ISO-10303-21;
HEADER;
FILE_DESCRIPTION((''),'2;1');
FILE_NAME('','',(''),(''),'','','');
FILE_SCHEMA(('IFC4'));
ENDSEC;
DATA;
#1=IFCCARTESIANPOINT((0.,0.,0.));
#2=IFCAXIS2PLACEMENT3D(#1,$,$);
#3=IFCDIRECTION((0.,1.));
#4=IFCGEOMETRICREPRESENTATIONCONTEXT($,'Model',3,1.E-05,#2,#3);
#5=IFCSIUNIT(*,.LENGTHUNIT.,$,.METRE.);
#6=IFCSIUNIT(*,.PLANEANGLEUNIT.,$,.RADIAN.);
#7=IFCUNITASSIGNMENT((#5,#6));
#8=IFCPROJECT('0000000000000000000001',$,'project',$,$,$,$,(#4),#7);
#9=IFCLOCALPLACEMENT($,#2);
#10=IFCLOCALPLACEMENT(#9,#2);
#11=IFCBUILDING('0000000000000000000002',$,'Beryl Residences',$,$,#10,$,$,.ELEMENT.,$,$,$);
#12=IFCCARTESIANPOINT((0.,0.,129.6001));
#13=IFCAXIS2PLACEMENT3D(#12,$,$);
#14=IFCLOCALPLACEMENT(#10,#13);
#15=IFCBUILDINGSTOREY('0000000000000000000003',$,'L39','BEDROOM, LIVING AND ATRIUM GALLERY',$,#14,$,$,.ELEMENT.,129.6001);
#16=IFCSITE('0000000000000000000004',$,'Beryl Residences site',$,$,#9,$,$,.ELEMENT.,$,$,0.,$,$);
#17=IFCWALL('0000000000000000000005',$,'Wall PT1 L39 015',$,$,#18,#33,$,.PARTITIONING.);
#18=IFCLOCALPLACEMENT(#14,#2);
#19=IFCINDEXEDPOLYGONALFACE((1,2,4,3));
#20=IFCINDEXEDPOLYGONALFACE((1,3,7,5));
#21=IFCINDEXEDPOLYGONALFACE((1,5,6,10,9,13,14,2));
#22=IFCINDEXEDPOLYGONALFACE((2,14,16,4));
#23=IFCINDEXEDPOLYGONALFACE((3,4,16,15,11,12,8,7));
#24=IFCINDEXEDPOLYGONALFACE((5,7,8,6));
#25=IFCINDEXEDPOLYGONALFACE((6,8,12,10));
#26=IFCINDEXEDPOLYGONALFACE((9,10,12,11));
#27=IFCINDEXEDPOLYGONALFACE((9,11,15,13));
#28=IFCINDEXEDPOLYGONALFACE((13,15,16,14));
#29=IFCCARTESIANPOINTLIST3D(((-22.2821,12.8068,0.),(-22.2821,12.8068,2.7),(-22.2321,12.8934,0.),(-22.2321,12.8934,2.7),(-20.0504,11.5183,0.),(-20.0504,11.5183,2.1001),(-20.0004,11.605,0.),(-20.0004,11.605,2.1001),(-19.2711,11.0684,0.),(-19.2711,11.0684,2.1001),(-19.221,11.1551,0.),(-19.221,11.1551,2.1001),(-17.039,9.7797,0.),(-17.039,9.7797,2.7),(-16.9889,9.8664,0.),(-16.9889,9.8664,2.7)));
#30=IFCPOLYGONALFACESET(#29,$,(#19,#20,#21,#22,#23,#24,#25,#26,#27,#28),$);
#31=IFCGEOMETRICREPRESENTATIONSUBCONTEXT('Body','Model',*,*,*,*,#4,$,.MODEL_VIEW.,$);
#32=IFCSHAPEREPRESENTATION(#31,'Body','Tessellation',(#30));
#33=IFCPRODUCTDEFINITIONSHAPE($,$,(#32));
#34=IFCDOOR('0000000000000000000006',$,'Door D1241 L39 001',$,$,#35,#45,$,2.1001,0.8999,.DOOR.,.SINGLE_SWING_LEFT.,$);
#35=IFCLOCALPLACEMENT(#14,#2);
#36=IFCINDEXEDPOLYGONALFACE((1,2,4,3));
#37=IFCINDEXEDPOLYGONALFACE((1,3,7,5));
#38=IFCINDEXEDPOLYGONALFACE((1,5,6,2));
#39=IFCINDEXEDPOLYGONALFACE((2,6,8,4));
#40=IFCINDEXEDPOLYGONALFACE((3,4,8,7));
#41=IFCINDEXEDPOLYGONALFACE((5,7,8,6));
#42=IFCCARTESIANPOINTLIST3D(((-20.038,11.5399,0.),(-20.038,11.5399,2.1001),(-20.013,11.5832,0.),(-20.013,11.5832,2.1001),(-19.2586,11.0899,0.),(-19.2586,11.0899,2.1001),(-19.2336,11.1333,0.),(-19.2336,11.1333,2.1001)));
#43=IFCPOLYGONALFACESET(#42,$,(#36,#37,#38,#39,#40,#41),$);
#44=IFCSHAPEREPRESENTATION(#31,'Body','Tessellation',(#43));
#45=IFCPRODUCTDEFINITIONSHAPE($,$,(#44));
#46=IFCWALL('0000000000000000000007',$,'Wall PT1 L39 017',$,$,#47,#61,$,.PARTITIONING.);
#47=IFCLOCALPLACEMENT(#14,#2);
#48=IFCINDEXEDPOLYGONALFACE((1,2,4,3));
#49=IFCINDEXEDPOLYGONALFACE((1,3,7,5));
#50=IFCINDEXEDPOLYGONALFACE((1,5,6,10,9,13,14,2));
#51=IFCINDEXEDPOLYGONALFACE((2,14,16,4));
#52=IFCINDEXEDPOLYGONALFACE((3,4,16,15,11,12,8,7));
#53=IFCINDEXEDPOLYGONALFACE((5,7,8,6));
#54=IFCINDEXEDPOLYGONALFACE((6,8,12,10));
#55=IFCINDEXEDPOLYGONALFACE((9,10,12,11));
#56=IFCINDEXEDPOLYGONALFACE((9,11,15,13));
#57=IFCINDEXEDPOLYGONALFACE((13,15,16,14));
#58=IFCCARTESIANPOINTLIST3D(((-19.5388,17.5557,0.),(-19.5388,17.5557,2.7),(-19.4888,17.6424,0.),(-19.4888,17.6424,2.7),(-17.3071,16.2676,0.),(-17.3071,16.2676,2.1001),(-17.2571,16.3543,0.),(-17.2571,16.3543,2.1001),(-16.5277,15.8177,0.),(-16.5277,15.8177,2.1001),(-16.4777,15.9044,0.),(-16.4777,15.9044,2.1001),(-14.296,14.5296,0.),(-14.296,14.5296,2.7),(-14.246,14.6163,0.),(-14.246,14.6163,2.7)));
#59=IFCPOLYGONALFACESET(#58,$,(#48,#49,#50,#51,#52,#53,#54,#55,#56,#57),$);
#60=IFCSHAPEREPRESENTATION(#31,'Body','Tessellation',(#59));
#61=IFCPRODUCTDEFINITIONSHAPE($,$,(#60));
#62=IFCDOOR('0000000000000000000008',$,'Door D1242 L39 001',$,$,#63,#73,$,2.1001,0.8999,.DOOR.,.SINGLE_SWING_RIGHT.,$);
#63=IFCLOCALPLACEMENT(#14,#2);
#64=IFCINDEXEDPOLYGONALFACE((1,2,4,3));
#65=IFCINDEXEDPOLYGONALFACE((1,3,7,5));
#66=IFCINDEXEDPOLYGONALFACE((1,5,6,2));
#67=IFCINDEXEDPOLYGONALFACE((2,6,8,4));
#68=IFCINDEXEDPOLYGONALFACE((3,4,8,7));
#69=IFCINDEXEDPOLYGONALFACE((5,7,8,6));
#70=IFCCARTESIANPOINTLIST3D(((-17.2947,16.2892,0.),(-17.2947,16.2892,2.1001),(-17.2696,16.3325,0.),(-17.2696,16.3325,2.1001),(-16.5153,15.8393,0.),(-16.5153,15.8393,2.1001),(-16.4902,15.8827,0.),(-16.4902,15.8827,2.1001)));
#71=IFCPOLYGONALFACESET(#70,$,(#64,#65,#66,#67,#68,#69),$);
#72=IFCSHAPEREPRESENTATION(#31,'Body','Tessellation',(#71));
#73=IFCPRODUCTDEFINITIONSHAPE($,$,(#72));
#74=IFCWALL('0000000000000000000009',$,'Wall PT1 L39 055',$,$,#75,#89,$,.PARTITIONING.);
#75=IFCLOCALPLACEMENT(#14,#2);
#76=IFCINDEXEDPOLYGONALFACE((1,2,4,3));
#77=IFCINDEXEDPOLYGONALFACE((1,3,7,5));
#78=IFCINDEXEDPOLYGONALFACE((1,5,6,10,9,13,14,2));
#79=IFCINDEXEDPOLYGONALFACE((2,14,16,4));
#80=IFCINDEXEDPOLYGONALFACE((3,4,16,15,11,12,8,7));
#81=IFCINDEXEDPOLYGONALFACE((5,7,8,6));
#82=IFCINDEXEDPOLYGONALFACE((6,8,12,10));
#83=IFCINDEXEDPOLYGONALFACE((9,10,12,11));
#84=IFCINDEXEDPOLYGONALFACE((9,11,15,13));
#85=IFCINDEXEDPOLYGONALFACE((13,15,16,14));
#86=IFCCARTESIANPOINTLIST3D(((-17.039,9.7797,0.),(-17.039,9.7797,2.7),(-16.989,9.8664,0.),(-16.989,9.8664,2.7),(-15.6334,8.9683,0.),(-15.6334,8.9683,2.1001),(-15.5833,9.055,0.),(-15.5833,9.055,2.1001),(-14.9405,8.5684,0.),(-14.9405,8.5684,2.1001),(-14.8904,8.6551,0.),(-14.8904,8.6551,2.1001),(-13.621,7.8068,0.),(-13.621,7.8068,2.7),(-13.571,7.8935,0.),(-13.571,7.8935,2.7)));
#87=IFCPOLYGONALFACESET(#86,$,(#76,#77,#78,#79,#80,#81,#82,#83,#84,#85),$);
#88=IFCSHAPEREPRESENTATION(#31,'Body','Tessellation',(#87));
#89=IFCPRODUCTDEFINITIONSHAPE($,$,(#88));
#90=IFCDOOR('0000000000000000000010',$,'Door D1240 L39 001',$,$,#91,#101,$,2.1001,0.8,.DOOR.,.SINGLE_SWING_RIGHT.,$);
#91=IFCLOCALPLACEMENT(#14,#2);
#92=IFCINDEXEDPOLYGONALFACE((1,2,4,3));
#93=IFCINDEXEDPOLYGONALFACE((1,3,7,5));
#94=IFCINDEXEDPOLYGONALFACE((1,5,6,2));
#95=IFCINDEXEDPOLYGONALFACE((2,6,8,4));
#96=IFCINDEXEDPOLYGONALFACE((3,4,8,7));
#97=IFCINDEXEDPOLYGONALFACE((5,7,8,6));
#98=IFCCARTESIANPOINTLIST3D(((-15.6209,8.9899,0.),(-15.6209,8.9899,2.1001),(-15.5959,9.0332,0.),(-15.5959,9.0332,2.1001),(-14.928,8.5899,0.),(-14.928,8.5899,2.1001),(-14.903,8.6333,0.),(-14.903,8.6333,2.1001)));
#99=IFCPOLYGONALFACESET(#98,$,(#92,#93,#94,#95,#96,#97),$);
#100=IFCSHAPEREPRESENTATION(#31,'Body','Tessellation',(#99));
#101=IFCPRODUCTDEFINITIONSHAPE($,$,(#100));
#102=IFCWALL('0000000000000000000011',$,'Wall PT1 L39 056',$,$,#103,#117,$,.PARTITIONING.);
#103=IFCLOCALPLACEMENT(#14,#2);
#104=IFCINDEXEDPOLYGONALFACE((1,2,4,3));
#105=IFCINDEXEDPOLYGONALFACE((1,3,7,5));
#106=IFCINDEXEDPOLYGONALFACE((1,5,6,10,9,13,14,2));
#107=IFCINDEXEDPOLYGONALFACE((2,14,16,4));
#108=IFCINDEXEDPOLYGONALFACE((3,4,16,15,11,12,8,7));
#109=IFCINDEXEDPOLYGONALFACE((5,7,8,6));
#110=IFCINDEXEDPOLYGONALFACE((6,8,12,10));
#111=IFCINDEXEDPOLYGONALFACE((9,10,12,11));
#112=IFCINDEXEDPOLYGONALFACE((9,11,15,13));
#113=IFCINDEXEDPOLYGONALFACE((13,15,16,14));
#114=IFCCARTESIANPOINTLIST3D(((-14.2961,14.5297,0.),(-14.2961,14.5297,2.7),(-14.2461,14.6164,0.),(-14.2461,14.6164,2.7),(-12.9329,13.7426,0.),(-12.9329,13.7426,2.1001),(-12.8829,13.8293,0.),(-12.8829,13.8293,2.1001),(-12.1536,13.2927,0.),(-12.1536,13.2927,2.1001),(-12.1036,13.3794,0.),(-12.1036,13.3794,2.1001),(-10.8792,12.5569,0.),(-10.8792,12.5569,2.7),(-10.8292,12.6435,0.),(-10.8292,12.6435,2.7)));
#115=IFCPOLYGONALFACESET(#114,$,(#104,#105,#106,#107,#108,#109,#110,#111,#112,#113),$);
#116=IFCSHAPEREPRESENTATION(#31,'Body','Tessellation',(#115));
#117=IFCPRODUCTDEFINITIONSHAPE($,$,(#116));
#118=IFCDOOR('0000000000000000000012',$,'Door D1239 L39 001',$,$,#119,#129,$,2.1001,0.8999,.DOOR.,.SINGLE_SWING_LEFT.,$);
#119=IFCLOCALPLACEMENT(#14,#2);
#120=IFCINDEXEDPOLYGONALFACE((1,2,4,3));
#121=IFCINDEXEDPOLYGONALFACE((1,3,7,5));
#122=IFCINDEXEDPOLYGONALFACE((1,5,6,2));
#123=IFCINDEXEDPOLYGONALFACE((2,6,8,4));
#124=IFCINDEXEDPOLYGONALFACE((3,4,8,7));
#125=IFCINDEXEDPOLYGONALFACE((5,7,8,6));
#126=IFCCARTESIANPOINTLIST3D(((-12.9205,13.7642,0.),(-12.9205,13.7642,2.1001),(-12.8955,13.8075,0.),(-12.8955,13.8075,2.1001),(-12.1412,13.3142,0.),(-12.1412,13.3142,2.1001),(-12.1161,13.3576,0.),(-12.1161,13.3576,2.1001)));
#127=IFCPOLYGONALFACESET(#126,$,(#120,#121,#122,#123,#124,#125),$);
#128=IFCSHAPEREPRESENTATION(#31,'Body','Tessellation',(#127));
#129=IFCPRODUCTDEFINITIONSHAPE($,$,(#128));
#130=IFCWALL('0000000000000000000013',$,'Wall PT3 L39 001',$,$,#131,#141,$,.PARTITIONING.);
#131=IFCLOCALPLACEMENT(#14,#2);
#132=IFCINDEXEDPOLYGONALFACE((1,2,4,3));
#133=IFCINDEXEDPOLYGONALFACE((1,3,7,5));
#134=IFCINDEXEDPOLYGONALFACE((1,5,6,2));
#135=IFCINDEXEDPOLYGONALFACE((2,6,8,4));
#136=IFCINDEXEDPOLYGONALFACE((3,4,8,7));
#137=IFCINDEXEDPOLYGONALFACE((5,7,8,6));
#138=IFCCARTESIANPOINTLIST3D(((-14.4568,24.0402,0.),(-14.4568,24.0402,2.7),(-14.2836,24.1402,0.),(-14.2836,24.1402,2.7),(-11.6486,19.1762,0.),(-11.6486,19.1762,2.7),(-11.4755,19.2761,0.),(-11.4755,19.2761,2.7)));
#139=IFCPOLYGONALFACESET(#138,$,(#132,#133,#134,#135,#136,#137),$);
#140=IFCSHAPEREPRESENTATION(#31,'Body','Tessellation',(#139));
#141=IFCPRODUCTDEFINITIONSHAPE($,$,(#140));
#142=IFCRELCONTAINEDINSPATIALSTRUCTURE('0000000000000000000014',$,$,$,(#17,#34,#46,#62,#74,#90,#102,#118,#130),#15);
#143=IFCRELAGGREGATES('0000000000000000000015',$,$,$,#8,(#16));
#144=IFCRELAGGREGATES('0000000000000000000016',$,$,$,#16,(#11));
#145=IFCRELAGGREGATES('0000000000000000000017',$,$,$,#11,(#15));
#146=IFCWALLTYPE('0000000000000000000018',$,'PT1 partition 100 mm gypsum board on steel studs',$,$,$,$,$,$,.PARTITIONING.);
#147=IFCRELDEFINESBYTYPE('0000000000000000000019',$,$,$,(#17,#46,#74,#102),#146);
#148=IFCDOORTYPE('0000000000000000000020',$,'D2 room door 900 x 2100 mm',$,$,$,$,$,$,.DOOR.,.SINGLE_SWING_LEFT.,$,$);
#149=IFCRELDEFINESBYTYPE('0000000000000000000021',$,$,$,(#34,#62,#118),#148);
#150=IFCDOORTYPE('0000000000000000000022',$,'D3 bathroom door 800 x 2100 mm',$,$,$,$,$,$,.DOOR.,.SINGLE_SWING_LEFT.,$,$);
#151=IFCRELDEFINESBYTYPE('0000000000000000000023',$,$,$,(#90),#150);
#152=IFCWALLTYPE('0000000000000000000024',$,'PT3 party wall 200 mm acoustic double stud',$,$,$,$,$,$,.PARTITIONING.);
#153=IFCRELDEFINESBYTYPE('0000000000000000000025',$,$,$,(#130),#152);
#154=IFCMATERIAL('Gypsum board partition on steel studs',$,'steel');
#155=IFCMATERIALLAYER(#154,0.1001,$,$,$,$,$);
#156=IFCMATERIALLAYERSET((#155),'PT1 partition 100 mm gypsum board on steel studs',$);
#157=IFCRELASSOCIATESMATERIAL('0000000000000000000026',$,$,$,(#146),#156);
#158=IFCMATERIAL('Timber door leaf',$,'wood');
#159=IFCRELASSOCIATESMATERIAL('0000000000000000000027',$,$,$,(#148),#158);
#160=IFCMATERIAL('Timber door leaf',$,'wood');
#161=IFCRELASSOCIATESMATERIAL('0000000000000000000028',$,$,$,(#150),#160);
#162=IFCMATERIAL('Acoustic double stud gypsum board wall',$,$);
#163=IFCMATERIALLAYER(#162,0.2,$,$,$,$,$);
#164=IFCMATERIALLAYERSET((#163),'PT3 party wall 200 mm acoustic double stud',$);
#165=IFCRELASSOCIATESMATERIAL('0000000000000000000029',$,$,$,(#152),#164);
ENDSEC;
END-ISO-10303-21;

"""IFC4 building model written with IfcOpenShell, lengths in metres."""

from ifc_helpers import new_model, si_unit, direction, frame, frame_2d, origin, place, context, subcontext, project, spatial, rectangle, extrude, material, layer, layer_set, type_object, element, fill, save


model = new_model("IFC4")

# Units and contexts
model_context = context("Model", 3, precision=1e-05, world=origin(), true_north=direction((0.0, 1.0)))
body_context = subcontext(model_context, "Body", "Model", "MODEL_VIEW")
ifc_project = project(units=[si_unit("LENGTHUNIT", "METRE"), si_unit("PLANEANGLEUNIT", "RADIAN")], contexts=[model_context])

# Site, building, storey
site_placement = place(None, origin())
site = spatial("IfcSite", under=ifc_project, at=site_placement, Name="Beryl Residences site", CompositionType="ELEMENT", RefElevation=0.0)
building_placement = place(site_placement, origin())
building = spatial("IfcBuilding", under=site, at=building_placement, Name="Beryl Residences", CompositionType="ELEMENT")
storey_placement = place(building_placement, frame((0.0, 0.0, 129.6001)))
storey = spatial("IfcBuildingStorey", under=building, at=storey_placement, Name="L39", Description="BEDROOM, LIVING AND ATRIUM GALLERY", CompositionType="ELEMENT", Elevation=129.6001)

# Walls, openings, doors
ifc_material_1 = material(Name="Gypsum board partition on steel studs", Category="steel")
ifc_layer_1 = layer(ifc_material_1, 0.1001)
ifc_layer_set_1 = layer_set([ifc_layer_1], Name="PT1 partition 100 mm gypsum board on steel studs")
wall_type_1 = type_object("IfcWallType", Name="PT1 partition 100 mm gypsum board on steel studs", PredefinedType="PARTITIONING", material=ifc_layer_set_1)
wall_1_placement = place(storey_placement, frame((-22.2571, 12.8501, 0.0), z_axis=(0.0, 0.0, 1.0), x_axis=(0.866028, -0.499995, 0.0)))
wall_1 = element("IfcWall", 1, at=wall_1_placement, inside=storey, type_object=wall_type_1, Name="Wall PT1 L39 015", PredefinedType="PARTITIONING", context=body_context, shape_type="SweptSolid", body=[
    extrude(rectangle(XDim=6.0542, YDim=0.1001, at=frame_2d((3.0271, 0.0))), origin(), (0.0, 0.0, 1.0), 2.7),
])
opening_1_placement = place(wall_1_placement, frame((2.5769, 0.0, 0.0)))
opening_1 = element("IfcOpeningElement", 2, at=opening_1_placement, cuts=wall_1, PredefinedType="OPENING", context=body_context, shape_type="SweptSolid", body=[
    extrude(rectangle(XDim=0.8999, YDim=2.1001, at=frame_2d((0.45, 1.05))), frame((0.0, 0.0601, 0.0), z_axis=(0.0, -1.0, 0.0), x_axis=(1.0, 0.0, 0.0)), (0.0, 0.0, 1.0), 0.1201),
])
ifc_material_2 = material(Name="Timber door leaf", Category="wood")
door_type_1 = type_object("IfcDoorType", Name="D2 room door 900 x 2100 mm", OperationType="SINGLE_SWING_LEFT", PredefinedType="DOOR", material=ifc_material_2)
door_1_placement = place(opening_1_placement, origin())
door_1 = element("IfcDoor", 3, at=door_1_placement, inside=storey, type_object=door_type_1, Name="Door D1241 L39 001", OperationType="SINGLE_SWING_LEFT", OverallHeight=2.1001, OverallWidth=0.8999, PredefinedType="DOOR", context=body_context, shape_type="SweptSolid", body=[
    extrude(rectangle(XDim=0.8999, YDim=2.1001, at=frame_2d((0.45, 1.05))), frame((0.0, 0.0249, 0.0), z_axis=(0.0, -1.0, 0.0), x_axis=(1.0, 0.0, 0.0)), (0.0, 0.0, 1.0), 0.05),
])
fill(opening_1, door_1)
wall_2_placement = place(storey_placement, frame((-19.5139, 17.5991, 0.0), z_axis=(0.0, 0.0, 1.0), x_axis=(0.866088, -0.499891, 0.0)))
wall_2 = element("IfcWall", 4, at=wall_2_placement, inside=storey, type_object=wall_type_1, Name="Wall PT1 L39 017", PredefinedType="PARTITIONING", context=body_context, shape_type="SweptSolid", body=[
    extrude(rectangle(XDim=6.0535, YDim=0.1001, at=frame_2d((3.0269, 0.0))), origin(), (0.0, 0.0, 1.0), 2.7),
])
opening_2_placement = place(wall_2_placement, frame((2.5769, 0.0, 0.0)))
opening_2 = element("IfcOpeningElement", 5, at=opening_2_placement, cuts=wall_2, PredefinedType="OPENING", context=body_context, shape_type="SweptSolid", body=[
    extrude(rectangle(XDim=0.8999, YDim=2.1001, at=frame_2d((0.45, 1.05))), frame((0.0, 0.0601, 0.0), z_axis=(0.0, -1.0, 0.0), x_axis=(1.0, 0.0, 0.0)), (0.0, 0.0, 1.0), 0.1201),
])
door_2_placement = place(opening_2_placement, origin())
door_2 = element("IfcDoor", 6, at=door_2_placement, inside=storey, type_object=door_type_1, Name="Door D1242 L39 001", OperationType="SINGLE_SWING_RIGHT", OverallHeight=2.1001, OverallWidth=0.8999, PredefinedType="DOOR", context=body_context, shape_type="SweptSolid", body=[
    extrude(rectangle(XDim=0.8999, YDim=2.1001, at=frame_2d((0.45, 1.05))), frame((0.0, 0.0249, 0.0), z_axis=(0.0, -1.0, 0.0), x_axis=(1.0, 0.0, 0.0)), (0.0, 0.0, 1.0), 0.05),
])
fill(opening_2, door_2)
wall_3_placement = place(storey_placement, frame((-17.0139, 9.823, 0.0), z_axis=(0.0, 0.0, 1.0), x_axis=(0.866076, -0.499912, 0.0)))
wall_3 = element("IfcWall", 7, at=wall_3_placement, inside=storey, type_object=wall_type_1, Name="Wall PT1 L39 055", PredefinedType="PARTITIONING", context=body_context, shape_type="SweptSolid", body=[
    extrude(rectangle(XDim=3.9465, YDim=0.1001, at=frame_2d((1.9731, 0.0))), origin(), (0.0, 0.0, 1.0), 2.7),
])
opening_3_placement = place(wall_3_placement, frame((1.623, 0.0, 0.0)))
opening_3 = element("IfcOpeningElement", 8, at=opening_3_placement, cuts=wall_3, PredefinedType="OPENING", context=body_context, shape_type="SweptSolid", body=[
    extrude(rectangle(XDim=0.8, YDim=2.1001, at=frame_2d((0.3999, 1.05))), frame((0.0, 0.0601, 0.0), z_axis=(0.0, -1.0, 0.0), x_axis=(1.0, 0.0, 0.0)), (0.0, 0.0, 1.0), 0.1201),
])
ifc_material_3 = material(Name="Timber door leaf", Category="wood")
door_type_2 = type_object("IfcDoorType", Name="D3 bathroom door 800 x 2100 mm", OperationType="SINGLE_SWING_LEFT", PredefinedType="DOOR", material=ifc_material_3)
door_3_placement = place(opening_3_placement, origin())
door_3 = element("IfcDoor", 9, at=door_3_placement, inside=storey, type_object=door_type_2, Name="Door D1240 L39 001", OperationType="SINGLE_SWING_RIGHT", OverallHeight=2.1001, OverallWidth=0.8, PredefinedType="DOOR", context=body_context, shape_type="SweptSolid", body=[
    extrude(rectangle(XDim=0.8, YDim=2.1001, at=frame_2d((0.3999, 1.05))), frame((0.0, 0.0249, 0.0), z_axis=(0.0, -1.0, 0.0), x_axis=(1.0, 0.0, 0.0)), (0.0, 0.0, 1.0), 0.05),
])
fill(opening_3, door_3)
wall_4_placement = place(storey_placement, frame((-14.271, 14.573, 0.0), z_axis=(0.0, 0.0, 1.0), x_axis=(0.866015, -0.500019, 0.0)))
wall_4 = element("IfcWall", 10, at=wall_4_placement, inside=storey, type_object=wall_type_1, Name="Wall PT1 L39 056", PredefinedType="PARTITIONING", context=body_context, shape_type="SweptSolid", body=[
    extrude(rectangle(XDim=3.9456, YDim=0.1001, at=frame_2d((1.9727, 0.0))), origin(), (0.0, 0.0, 1.0), 2.7),
])
opening_4_placement = place(wall_4_placement, frame((1.574, 0.0, 0.0)))
opening_4 = element("IfcOpeningElement", 11, at=opening_4_placement, cuts=wall_4, PredefinedType="OPENING", context=body_context, shape_type="SweptSolid", body=[
    extrude(rectangle(XDim=0.8999, YDim=2.1001, at=frame_2d((0.45, 1.05))), frame((0.0, 0.0601, 0.0), z_axis=(0.0, -1.0, 0.0), x_axis=(1.0, 0.0, 0.0)), (0.0, 0.0, 1.0), 0.1201),
])
door_4_placement = place(opening_4_placement, origin())
door_4 = element("IfcDoor", 12, at=door_4_placement, inside=storey, type_object=door_type_1, Name="Door D1239 L39 001", OperationType="SINGLE_SWING_LEFT", OverallHeight=2.1001, OverallWidth=0.8999, PredefinedType="DOOR", context=body_context, shape_type="SweptSolid", body=[
    extrude(rectangle(XDim=0.8999, YDim=2.1001, at=frame_2d((0.45, 1.05))), frame((0.0, 0.0249, 0.0), z_axis=(0.0, -1.0, 0.0), x_axis=(1.0, 0.0, 0.0)), (0.0, 0.0, 1.0), 0.05),
])
fill(opening_4, door_4)

# Wall
ifc_material_4 = material(Name="Acoustic double stud gypsum board wall")
ifc_layer_2 = layer(ifc_material_4, 0.2)
ifc_layer_set_2 = layer_set([ifc_layer_2], Name="PT3 party wall 200 mm acoustic double stud")
wall_type_2 = type_object("IfcWallType", Name="PT3 party wall 200 mm acoustic double stud", PredefinedType="PARTITIONING", material=ifc_layer_set_2)
wall_5_placement = place(storey_placement, frame((-14.3701, 24.0901, 0.0), z_axis=(0.0, 0.0, 1.0), x_axis=(0.499982, -0.866036, 0.0)))
element("IfcWall", 13, at=wall_5_placement, inside=storey, type_object=wall_type_2, Name="Wall PT3 L39 001", PredefinedType="PARTITIONING", context=body_context, shape_type="SweptSolid", body=[
    extrude(rectangle(XDim=5.6165, YDim=0.2, at=frame_2d((2.8081, 0.0))), origin(), (0.0, 0.0, 1.0), 2.7),
])

save(model, "model.ifc")
